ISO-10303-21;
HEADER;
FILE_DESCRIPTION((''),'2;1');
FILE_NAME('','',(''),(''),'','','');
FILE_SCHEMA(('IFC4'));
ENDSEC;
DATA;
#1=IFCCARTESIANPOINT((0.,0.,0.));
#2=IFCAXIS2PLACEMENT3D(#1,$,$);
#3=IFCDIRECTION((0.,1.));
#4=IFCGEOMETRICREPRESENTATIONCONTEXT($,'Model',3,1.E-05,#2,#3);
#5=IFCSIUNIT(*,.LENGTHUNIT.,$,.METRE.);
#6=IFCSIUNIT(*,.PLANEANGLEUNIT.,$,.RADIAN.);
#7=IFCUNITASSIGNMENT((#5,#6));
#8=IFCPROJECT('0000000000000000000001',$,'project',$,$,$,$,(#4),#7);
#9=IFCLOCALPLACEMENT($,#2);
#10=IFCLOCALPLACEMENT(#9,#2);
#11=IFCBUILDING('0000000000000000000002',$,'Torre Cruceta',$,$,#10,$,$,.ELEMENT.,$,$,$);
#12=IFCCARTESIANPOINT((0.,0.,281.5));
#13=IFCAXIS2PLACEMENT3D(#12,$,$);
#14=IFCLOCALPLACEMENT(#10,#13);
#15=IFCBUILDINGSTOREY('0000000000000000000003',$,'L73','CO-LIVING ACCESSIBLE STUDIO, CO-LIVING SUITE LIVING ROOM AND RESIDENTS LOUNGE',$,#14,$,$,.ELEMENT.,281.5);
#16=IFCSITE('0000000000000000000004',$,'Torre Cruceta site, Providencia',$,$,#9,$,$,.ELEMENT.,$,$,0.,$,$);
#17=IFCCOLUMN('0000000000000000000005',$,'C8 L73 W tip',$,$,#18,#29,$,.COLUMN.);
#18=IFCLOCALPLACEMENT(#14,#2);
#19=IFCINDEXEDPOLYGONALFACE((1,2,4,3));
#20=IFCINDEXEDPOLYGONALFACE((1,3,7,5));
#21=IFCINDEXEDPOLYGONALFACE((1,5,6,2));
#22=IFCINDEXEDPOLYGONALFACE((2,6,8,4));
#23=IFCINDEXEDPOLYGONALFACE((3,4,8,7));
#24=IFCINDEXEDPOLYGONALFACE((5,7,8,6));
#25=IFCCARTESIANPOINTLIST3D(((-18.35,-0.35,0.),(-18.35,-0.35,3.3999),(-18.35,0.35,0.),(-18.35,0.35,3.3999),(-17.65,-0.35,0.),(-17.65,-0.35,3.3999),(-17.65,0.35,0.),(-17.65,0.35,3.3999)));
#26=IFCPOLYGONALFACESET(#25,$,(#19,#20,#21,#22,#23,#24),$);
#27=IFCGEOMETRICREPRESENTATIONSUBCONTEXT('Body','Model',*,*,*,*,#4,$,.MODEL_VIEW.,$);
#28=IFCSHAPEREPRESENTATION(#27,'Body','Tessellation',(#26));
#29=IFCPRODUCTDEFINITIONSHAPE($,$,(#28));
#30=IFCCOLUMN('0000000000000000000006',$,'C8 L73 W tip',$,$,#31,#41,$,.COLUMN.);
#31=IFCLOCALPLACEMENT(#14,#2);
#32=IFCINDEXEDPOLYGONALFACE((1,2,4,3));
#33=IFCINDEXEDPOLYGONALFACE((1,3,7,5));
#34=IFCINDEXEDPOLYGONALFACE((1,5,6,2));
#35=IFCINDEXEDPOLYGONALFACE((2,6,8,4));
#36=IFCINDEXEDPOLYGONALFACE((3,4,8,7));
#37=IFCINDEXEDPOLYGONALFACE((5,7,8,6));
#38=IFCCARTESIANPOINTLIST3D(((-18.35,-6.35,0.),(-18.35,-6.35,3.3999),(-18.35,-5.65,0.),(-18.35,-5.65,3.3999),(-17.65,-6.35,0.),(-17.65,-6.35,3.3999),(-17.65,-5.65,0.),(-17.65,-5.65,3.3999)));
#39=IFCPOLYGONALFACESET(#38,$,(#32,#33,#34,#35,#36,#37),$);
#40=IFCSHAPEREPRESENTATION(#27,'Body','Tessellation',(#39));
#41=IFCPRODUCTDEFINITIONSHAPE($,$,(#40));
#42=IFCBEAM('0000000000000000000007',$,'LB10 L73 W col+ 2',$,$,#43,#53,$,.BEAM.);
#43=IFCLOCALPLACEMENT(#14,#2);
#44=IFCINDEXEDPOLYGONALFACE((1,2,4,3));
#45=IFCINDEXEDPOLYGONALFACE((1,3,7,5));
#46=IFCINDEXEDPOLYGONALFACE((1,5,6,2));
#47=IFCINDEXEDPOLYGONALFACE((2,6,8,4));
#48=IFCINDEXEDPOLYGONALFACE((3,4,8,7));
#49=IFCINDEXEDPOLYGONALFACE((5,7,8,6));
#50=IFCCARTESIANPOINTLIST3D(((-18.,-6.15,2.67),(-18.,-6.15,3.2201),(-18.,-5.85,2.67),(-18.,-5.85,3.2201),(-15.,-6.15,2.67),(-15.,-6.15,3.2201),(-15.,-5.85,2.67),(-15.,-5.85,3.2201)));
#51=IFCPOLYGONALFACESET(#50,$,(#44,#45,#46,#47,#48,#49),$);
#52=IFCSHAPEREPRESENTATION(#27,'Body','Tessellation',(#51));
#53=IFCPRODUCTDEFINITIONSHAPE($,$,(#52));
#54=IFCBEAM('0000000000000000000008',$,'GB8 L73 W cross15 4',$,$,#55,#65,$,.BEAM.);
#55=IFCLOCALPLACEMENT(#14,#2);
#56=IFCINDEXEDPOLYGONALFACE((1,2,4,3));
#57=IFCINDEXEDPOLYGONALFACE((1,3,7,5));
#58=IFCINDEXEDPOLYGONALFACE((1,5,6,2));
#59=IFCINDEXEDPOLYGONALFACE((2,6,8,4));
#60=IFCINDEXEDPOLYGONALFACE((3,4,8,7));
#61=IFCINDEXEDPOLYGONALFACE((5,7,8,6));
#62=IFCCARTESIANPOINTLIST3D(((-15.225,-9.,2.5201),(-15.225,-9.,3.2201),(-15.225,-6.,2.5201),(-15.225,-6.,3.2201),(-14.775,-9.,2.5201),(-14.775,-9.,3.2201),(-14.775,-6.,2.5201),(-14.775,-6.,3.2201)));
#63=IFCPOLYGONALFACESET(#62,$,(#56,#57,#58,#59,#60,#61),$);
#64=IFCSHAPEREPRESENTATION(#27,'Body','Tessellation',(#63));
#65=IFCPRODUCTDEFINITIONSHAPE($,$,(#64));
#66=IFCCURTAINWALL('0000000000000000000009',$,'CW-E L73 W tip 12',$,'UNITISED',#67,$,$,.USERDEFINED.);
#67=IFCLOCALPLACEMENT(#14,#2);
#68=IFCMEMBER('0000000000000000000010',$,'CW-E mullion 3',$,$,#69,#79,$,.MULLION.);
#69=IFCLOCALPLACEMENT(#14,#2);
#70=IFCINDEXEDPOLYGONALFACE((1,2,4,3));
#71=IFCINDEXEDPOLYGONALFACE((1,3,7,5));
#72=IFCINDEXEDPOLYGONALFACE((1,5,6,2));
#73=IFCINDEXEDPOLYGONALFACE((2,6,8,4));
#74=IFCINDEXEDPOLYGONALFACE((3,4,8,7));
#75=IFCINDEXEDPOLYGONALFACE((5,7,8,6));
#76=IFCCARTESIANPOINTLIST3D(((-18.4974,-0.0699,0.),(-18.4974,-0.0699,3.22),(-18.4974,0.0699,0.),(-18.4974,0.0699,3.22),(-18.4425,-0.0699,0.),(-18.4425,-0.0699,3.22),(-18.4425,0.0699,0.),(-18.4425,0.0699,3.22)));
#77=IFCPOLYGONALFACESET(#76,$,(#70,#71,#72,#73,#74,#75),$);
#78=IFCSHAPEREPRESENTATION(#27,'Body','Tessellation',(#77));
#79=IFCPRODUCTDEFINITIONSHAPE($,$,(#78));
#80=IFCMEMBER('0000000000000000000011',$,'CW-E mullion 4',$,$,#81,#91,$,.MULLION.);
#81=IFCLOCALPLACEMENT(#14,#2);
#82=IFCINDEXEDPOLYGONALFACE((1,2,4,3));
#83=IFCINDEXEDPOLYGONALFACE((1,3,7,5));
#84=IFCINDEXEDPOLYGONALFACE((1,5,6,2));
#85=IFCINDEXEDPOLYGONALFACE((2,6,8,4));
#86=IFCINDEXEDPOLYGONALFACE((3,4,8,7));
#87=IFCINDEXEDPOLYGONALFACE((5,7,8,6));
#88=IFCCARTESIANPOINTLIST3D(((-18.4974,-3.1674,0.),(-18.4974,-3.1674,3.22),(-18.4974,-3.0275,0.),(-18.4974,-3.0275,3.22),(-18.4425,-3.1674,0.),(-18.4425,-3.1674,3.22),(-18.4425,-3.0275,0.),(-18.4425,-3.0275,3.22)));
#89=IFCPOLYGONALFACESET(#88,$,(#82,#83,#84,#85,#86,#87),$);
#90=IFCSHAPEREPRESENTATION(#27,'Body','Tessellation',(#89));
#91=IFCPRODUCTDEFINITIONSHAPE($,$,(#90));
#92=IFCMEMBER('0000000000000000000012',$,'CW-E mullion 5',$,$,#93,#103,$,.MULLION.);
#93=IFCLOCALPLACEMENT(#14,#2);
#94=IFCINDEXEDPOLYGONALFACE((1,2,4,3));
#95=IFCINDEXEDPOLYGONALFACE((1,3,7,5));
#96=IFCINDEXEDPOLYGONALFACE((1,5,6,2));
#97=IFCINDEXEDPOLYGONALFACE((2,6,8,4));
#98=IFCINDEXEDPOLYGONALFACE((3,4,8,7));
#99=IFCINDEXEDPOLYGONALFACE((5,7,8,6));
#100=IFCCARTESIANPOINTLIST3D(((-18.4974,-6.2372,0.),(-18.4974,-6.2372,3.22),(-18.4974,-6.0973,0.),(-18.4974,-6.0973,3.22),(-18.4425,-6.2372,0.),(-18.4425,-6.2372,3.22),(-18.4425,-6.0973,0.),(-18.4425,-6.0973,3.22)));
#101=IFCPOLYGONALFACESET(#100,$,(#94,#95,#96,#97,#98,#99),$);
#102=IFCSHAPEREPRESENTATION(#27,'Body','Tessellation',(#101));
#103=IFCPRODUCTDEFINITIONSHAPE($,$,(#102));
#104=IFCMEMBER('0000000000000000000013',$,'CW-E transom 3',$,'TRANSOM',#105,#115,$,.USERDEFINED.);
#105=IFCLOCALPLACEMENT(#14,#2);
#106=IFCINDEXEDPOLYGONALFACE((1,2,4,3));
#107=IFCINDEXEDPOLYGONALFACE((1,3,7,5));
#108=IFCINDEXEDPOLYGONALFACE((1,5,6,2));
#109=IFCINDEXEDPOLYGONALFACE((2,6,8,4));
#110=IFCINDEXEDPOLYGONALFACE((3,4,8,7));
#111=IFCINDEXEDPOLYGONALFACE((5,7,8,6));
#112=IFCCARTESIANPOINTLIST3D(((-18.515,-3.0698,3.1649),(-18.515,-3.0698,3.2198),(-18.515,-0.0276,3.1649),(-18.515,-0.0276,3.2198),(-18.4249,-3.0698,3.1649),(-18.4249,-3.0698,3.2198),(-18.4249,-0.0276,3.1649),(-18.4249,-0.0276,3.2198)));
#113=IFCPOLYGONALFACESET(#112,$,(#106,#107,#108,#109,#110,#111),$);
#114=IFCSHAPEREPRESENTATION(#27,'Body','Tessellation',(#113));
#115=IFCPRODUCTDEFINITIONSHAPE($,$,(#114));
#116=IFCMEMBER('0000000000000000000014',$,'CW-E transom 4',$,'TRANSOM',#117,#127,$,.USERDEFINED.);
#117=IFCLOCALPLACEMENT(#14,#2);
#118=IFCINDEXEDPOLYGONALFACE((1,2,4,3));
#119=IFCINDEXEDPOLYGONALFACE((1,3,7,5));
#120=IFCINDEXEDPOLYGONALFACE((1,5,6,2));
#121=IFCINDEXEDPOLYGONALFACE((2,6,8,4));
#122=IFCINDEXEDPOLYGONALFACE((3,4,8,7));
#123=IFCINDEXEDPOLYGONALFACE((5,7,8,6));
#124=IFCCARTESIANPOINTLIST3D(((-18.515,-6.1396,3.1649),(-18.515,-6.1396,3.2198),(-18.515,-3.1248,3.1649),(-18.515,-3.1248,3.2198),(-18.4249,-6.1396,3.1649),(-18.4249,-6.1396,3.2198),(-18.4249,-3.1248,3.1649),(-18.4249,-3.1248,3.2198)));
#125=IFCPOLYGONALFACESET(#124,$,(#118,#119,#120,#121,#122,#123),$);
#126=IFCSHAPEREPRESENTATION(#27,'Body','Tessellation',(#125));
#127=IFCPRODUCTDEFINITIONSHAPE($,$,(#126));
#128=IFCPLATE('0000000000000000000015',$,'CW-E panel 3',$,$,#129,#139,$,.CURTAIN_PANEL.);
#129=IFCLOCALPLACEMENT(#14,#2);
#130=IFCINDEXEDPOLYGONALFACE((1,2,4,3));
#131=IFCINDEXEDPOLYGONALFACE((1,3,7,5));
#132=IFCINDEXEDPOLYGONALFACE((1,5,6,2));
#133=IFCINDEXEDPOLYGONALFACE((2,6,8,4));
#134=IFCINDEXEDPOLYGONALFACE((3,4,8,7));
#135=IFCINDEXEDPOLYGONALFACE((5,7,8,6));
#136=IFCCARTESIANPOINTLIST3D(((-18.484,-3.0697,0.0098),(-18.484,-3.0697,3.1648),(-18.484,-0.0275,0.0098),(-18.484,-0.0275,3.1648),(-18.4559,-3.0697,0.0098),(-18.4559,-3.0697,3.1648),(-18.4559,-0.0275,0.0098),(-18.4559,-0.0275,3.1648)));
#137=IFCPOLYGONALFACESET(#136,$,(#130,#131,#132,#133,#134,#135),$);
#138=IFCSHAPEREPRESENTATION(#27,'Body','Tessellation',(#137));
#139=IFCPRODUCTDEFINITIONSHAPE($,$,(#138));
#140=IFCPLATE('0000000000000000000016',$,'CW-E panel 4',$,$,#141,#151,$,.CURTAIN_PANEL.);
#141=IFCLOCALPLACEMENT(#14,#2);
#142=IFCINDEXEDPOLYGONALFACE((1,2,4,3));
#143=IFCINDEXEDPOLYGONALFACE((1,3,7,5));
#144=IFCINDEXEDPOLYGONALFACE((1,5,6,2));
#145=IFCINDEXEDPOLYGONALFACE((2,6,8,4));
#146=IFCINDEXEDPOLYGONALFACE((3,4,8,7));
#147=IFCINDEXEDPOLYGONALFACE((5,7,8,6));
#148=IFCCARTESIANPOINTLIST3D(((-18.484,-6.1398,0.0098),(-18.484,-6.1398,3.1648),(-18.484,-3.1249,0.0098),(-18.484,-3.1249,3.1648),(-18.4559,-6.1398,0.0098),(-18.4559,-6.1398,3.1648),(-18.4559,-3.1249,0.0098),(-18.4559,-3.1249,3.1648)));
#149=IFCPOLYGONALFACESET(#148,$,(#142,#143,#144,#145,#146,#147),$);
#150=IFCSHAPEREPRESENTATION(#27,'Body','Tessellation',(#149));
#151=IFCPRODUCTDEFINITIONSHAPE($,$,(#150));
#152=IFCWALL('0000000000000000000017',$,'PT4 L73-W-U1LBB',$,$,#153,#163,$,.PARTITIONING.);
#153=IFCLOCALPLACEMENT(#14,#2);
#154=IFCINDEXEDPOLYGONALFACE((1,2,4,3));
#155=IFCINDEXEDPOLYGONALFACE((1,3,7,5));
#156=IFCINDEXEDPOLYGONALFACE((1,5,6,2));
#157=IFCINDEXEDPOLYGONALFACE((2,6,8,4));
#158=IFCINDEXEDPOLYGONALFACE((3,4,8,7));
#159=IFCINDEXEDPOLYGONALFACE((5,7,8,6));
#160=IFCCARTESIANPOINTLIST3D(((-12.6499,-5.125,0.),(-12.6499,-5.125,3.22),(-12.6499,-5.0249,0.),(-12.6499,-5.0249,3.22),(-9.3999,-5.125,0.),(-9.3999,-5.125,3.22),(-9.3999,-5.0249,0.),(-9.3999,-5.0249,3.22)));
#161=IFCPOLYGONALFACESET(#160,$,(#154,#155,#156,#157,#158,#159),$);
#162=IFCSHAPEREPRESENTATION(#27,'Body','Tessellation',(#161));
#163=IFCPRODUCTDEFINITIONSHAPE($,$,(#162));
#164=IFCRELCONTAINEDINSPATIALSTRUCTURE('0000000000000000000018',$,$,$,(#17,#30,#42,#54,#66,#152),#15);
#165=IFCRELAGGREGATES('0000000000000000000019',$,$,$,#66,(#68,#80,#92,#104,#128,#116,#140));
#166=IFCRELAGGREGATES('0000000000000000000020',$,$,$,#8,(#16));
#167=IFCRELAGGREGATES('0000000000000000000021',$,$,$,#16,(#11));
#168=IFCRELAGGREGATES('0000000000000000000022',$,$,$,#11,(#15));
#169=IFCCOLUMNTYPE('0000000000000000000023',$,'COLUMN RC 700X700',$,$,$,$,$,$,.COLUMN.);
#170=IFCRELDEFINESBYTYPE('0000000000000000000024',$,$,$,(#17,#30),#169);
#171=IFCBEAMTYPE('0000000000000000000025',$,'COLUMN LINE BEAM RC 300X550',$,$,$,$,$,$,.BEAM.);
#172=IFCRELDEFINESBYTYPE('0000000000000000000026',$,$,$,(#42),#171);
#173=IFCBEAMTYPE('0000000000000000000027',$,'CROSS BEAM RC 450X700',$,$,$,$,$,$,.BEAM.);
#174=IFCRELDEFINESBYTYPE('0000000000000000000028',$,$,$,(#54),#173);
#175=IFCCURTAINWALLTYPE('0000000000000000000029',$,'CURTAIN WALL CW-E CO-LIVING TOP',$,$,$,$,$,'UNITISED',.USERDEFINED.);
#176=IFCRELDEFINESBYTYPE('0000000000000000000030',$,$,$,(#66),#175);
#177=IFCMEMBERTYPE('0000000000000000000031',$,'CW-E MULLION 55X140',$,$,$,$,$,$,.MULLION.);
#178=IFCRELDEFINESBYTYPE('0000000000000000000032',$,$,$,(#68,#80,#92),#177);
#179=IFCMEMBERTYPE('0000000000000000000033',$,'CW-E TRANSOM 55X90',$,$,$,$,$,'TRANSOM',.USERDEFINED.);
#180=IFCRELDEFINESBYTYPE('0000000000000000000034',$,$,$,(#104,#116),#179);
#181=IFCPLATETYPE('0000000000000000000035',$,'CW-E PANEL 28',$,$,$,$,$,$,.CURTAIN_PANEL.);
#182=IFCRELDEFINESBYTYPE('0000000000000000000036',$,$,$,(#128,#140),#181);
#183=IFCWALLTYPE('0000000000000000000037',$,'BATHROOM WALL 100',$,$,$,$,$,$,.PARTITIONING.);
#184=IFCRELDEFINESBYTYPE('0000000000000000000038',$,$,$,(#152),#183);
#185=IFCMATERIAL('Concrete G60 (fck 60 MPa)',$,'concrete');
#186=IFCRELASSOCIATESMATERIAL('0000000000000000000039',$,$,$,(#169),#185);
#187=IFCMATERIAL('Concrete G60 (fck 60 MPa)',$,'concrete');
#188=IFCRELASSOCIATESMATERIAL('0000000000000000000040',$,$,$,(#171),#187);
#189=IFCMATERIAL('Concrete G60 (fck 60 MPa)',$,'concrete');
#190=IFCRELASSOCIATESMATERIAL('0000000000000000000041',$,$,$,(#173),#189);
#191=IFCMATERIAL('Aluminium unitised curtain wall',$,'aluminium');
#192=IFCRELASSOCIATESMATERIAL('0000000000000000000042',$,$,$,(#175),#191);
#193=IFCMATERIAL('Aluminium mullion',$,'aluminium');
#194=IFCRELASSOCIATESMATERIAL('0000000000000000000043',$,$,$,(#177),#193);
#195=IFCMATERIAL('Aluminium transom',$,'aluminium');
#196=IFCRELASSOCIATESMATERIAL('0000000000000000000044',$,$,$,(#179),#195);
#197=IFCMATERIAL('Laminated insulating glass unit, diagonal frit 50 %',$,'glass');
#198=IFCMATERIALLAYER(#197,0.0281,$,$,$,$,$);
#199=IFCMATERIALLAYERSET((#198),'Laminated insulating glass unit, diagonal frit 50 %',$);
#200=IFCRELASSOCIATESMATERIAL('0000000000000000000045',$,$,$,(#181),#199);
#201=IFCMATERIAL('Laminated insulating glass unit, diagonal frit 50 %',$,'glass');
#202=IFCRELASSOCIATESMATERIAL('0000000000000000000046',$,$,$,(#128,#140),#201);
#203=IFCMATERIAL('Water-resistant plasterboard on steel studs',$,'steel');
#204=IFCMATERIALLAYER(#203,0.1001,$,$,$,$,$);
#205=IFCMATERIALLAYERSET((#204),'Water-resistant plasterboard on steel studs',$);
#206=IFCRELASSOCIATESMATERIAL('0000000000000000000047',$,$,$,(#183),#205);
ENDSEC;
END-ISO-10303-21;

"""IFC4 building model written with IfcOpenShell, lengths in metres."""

from ifc_helpers import new_model, si_unit, direction, frame, frame_2d, origin, origin_2d, place, context, subcontext, project, spatial, rectangle, extrude, material, layer, layer_set, material_profile, profile_set, type_object, element, aggregate, save


model = new_model("IFC4")

# Units and contexts
model_context = context("Model", 3, precision=1e-05, world=origin(), true_north=direction((0.0, 1.0)))
body_context = subcontext(model_context, "Body", "Model", "MODEL_VIEW")
ifc_project = project(units=[si_unit("LENGTHUNIT", "METRE"), si_unit("PLANEANGLEUNIT", "RADIAN")], contexts=[model_context])

# Site, building, storey
site_placement = place(None, origin())
site = spatial("IfcSite", under=ifc_project, at=site_placement, Name="Torre Cruceta site, Providencia", CompositionType="ELEMENT", RefElevation=0.0)
building_placement = place(site_placement, origin())
building = spatial("IfcBuilding", under=site, at=building_placement, Name="Torre Cruceta", CompositionType="ELEMENT")
storey_placement = place(building_placement, frame((0.0, 0.0, 281.5)))
storey = spatial("IfcBuildingStorey", under=building, at=storey_placement, Name="L73", Description="CO-LIVING ACCESSIBLE STUDIO, CO-LIVING SUITE LIVING ROOM AND RESIDENTS LOUNGE", CompositionType="ELEMENT", Elevation=281.5)

# Columns
ifc_material_1 = material(Name="Concrete G60 (fck 60 MPa)", Category="concrete")
ifc_material_profile_1 = material_profile(ifc_material_1, rectangle(XDim=0.7, YDim=0.7, at=origin_2d()), Name="RC 700X700")
ifc_profile_set_1 = profile_set([ifc_material_profile_1], Name="Concrete G60 (fck 60 MPa)")
column_type = type_object("IfcColumnType", Name="COLUMN RC 700X700", PredefinedType="COLUMN", material=ifc_profile_set_1)
for number, where, z_axis, x_axis, name in (
    (1, (-18.0, 0.0, 0.0), (0.0, 0.0, 1.0), (1.0, 0.0, 0.0), "C8 L73 W tip"),
    (2, (-18.0, -6.0, 0.0), (0.0, 0.0, 1.0), (1.0, 0.0, 0.0), "C8 L73 W tip"),
):
    element("IfcColumn", number, at=place(storey_placement, frame(where, z_axis=z_axis, x_axis=x_axis)), inside=storey, type_object=column_type, Name=name, PredefinedType="COLUMN", context=body_context, shape_type="SweptSolid", body=[
        extrude(rectangle(XDim=0.7, YDim=0.7, at=origin_2d()), origin(), (0.0, 0.0, 1.0), 3.3999),
    ])

# Beams
ifc_material_2 = material(Name="Concrete G60 (fck 60 MPa)", Category="concrete")
ifc_material_profile_2 = material_profile(ifc_material_2, rectangle(XDim=0.3, YDim=0.55, at=origin_2d()), Name="RC 300X550")
ifc_profile_set_2 = profile_set([ifc_material_profile_2], Name="Concrete G60 (fck 60 MPa)")
beam_type_1 = type_object("IfcBeamType", Name="COLUMN LINE BEAM RC 300X550", PredefinedType="BEAM", material=ifc_profile_set_2)
beam_1_placement = place(storey_placement, frame((-15.0, -6.0, 2.9451), z_axis=(-1.0, 0.0, 0.0), x_axis=(0.0, -1.0, 0.0)))
element("IfcBeam", 3, at=beam_1_placement, inside=storey, type_object=beam_type_1, Name="LB10 L73 W col+ 2", PredefinedType="BEAM", context=body_context, shape_type="SweptSolid", body=[
    extrude(rectangle(XDim=0.3, YDim=0.55, at=origin_2d()), origin(), (0.0, 0.0, 1.0), 3.0),
])
ifc_material_3 = material(Name="Concrete G60 (fck 60 MPa)", Category="concrete")
ifc_material_profile_3 = material_profile(ifc_material_3, rectangle(XDim=0.45, YDim=0.7, at=origin_2d()), Name="RC 450X700")
ifc_profile_set_3 = profile_set([ifc_material_profile_3], Name="Concrete G60 (fck 60 MPa)")
beam_type_2 = type_object("IfcBeamType", Name="CROSS BEAM RC 450X700", PredefinedType="BEAM", material=ifc_profile_set_3)
beam_2_placement = place(storey_placement, frame((-15.0, -6.0, 2.8701), z_axis=(0.0, -1.0, 0.0), x_axis=(1.0, 0.0, 0.0)))
element("IfcBeam", 4, at=beam_2_placement, inside=storey, type_object=beam_type_2, Name="GB8 L73 W cross15 4", PredefinedType="BEAM", context=body_context, shape_type="SweptSolid", body=[
    extrude(rectangle(XDim=0.45, YDim=0.7, at=origin_2d()), origin(), (0.0, 0.0, 1.0), 3.0),
])

# Curtain wall, members, plates
ifc_material_4 = material(Name="Aluminium unitised curtain wall", Category="aluminium")
curtain_wall_type = type_object("IfcCurtainWallType", Name="CURTAIN WALL CW-E CO-LIVING TOP", ElementType="UNITISED", PredefinedType="USERDEFINED", material=ifc_material_4)
curtain_wall_placement = place(storey_placement, origin())
curtain_wall = element("IfcCurtainWall", 5, at=curtain_wall_placement, inside=storey, type_object=curtain_wall_type, Name="CW-E L73 W tip 12", ObjectType="UNITISED", PredefinedType="USERDEFINED")
ifc_material_5 = material(Name="Aluminium mullion", Category="aluminium")
ifc_material_profile_4 = material_profile(ifc_material_5, rectangle(XDim=0.0549, YDim=0.1399, at=origin_2d()), Name="AL 55X140")
ifc_profile_set_4 = profile_set([ifc_material_profile_4], Name="Aluminium mullion")
member_type_1 = type_object("IfcMemberType", Name="CW-E MULLION 55X140", PredefinedType="MULLION", material=ifc_profile_set_4)
member_1_placement = place(storey_placement, frame((-18.47, 0.0, 0.0), z_axis=(0.0, 0.0, 1.0), x_axis=(1.0, 0.0, 0.0)))
member_1 = element("IfcMember", 6, at=member_1_placement, type_object=member_type_1, Name="CW-E mullion 3", PredefinedType="MULLION", context=body_context, shape_type="SweptSolid", body=[
    extrude(rectangle(XDim=0.0549, YDim=0.1399, at=origin_2d()), origin(), (0.0, 0.0, 1.0), 3.22),
])
member_2_placement = place(storey_placement, frame((-18.47, -3.0974, 0.0), z_axis=(0.0, 0.0, 1.0), x_axis=(1.0, 0.0, 0.0)))
member_2 = element("IfcMember", 7, at=member_2_placement, type_object=member_type_1, Name="CW-E mullion 4", PredefinedType="MULLION", context=body_context, shape_type="SweptSolid", body=[
    extrude(rectangle(XDim=0.0549, YDim=0.1399, at=origin_2d()), origin(), (0.0, 0.0, 1.0), 3.22),
])
member_3_placement = place(storey_placement, frame((-18.47, -6.1672, 0.0), z_axis=(0.0, 0.0, 1.0), x_axis=(1.0, 0.0, 0.0)))
member_3 = element("IfcMember", 8, at=member_3_placement, type_object=member_type_1, Name="CW-E mullion 5", PredefinedType="MULLION", context=body_context, shape_type="SweptSolid", body=[
    extrude(rectangle(XDim=0.0549, YDim=0.1399, at=origin_2d()), origin(), (0.0, 0.0, 1.0), 3.22),
])
ifc_material_6 = material(Name="Aluminium transom", Category="aluminium")
ifc_material_profile_5 = material_profile(ifc_material_6, rectangle(XDim=0.0901, YDim=0.0549, at=origin_2d()), Name="AL 90X55")
ifc_profile_set_5 = profile_set([ifc_material_profile_5], Name="Aluminium transom")
member_type_2 = type_object("IfcMemberType", Name="CW-E TRANSOM 55X90", ElementType="TRANSOM", PredefinedType="USERDEFINED", material=ifc_profile_set_5)
member_4_placement = place(storey_placement, frame((-18.47, -0.0276, 3.1924), z_axis=(0.0, -1.0, 0.0), x_axis=(1.0, 0.0, 0.0)))
member_4 = element("IfcMember", 9, at=member_4_placement, type_object=member_type_2, Name="CW-E transom 3", ObjectType="TRANSOM", PredefinedType="USERDEFINED", context=body_context, shape_type="SweptSolid", body=[
    extrude(rectangle(XDim=0.0901, YDim=0.0549, at=origin_2d()), origin(), (0.0, 0.0, 1.0), 3.0422),
])
member_5_placement = place(storey_placement, frame((-18.47, -3.1248, 3.1924), z_axis=(0.0, -1.0, 0.0), x_axis=(1.0, 0.0, 0.0)))
member_5 = element("IfcMember", 10, at=member_5_placement, type_object=member_type_2, Name="CW-E transom 4", ObjectType="TRANSOM", PredefinedType="USERDEFINED", context=body_context, shape_type="SweptSolid", body=[
    extrude(rectangle(XDim=0.0901, YDim=0.0549, at=origin_2d()), origin(), (0.0, 0.0, 1.0), 3.0149),
])
ifc_material_7 = material(Name="Laminated insulating glass unit, diagonal frit 50 %", Category="glass")
ifc_material_8 = material(Name="Laminated insulating glass unit, diagonal frit 50 %", Category="glass")
ifc_layer_1 = layer(ifc_material_8, 0.0281)
ifc_layer_set_1 = layer_set([ifc_layer_1], Name="Laminated insulating glass unit, diagonal frit 50 %")
plate_type = type_object("IfcPlateType", Name="CW-E PANEL 28", PredefinedType="CURTAIN_PANEL", material=ifc_layer_set_1)
plate_1_placement = place(storey_placement, frame((-18.47, -1.5486, 0.0098), z_axis=(0.0, 0.0, 1.0), x_axis=(0.0, -1.0, 0.0)))
plate_1 = element("IfcPlate", 11, at=plate_1_placement, type_object=plate_type, material=ifc_material_7, Name="CW-E panel 3", PredefinedType="CURTAIN_PANEL", context=body_context, shape_type="SweptSolid", body=[
    extrude(rectangle(XDim=3.0422, YDim=0.0281, at=origin_2d()), origin(), (0.0, 0.0, 1.0), 3.155),
])
plate_2_placement = place(storey_placement, frame((-18.47, -4.6323, 0.0098), z_axis=(0.0, 0.0, 1.0), x_axis=(0.0, -1.0, 0.0)))
plate_2 = element("IfcPlate", 12, at=plate_2_placement, type_object=plate_type, material=ifc_material_7, Name="CW-E panel 4", PredefinedType="CURTAIN_PANEL", context=body_context, shape_type="SweptSolid", body=[
    extrude(rectangle(XDim=3.0149, YDim=0.0281, at=origin_2d()), origin(), (0.0, 0.0, 1.0), 3.155),
])
aggregate(curtain_wall, [member_1, member_2, member_3, member_4, plate_1, member_5, plate_2])

# Wall
ifc_material_9 = material(Name="Water-resistant plasterboard on steel studs", Category="steel")
ifc_layer_2 = layer(ifc_material_9, 0.1001)
ifc_layer_set_2 = layer_set([ifc_layer_2], Name="Water-resistant plasterboard on steel studs")
wall_type_1 = type_object("IfcWallType", Name="BATHROOM WALL 100", PredefinedType="PARTITIONING", material=ifc_layer_set_2)
wall_1_placement = place(storey_placement, frame((-9.3999, -5.075, 0.0), z_axis=(0.0, 0.0, 1.0), x_axis=(-1.0, 0.0, 0.0)))
element("IfcWall", 13, at=wall_1_placement, inside=storey, type_object=wall_type_1, Name="PT4 L73-W-U1LBB", PredefinedType="PARTITIONING", context=body_context, shape_type="SweptSolid", body=[
    extrude(rectangle(XDim=3.25, YDim=0.1001, at=frame_2d((1.625, 0.0))), origin(), (0.0, 0.0, 1.0), 3.22),
])

save(model, "model.ifc")
